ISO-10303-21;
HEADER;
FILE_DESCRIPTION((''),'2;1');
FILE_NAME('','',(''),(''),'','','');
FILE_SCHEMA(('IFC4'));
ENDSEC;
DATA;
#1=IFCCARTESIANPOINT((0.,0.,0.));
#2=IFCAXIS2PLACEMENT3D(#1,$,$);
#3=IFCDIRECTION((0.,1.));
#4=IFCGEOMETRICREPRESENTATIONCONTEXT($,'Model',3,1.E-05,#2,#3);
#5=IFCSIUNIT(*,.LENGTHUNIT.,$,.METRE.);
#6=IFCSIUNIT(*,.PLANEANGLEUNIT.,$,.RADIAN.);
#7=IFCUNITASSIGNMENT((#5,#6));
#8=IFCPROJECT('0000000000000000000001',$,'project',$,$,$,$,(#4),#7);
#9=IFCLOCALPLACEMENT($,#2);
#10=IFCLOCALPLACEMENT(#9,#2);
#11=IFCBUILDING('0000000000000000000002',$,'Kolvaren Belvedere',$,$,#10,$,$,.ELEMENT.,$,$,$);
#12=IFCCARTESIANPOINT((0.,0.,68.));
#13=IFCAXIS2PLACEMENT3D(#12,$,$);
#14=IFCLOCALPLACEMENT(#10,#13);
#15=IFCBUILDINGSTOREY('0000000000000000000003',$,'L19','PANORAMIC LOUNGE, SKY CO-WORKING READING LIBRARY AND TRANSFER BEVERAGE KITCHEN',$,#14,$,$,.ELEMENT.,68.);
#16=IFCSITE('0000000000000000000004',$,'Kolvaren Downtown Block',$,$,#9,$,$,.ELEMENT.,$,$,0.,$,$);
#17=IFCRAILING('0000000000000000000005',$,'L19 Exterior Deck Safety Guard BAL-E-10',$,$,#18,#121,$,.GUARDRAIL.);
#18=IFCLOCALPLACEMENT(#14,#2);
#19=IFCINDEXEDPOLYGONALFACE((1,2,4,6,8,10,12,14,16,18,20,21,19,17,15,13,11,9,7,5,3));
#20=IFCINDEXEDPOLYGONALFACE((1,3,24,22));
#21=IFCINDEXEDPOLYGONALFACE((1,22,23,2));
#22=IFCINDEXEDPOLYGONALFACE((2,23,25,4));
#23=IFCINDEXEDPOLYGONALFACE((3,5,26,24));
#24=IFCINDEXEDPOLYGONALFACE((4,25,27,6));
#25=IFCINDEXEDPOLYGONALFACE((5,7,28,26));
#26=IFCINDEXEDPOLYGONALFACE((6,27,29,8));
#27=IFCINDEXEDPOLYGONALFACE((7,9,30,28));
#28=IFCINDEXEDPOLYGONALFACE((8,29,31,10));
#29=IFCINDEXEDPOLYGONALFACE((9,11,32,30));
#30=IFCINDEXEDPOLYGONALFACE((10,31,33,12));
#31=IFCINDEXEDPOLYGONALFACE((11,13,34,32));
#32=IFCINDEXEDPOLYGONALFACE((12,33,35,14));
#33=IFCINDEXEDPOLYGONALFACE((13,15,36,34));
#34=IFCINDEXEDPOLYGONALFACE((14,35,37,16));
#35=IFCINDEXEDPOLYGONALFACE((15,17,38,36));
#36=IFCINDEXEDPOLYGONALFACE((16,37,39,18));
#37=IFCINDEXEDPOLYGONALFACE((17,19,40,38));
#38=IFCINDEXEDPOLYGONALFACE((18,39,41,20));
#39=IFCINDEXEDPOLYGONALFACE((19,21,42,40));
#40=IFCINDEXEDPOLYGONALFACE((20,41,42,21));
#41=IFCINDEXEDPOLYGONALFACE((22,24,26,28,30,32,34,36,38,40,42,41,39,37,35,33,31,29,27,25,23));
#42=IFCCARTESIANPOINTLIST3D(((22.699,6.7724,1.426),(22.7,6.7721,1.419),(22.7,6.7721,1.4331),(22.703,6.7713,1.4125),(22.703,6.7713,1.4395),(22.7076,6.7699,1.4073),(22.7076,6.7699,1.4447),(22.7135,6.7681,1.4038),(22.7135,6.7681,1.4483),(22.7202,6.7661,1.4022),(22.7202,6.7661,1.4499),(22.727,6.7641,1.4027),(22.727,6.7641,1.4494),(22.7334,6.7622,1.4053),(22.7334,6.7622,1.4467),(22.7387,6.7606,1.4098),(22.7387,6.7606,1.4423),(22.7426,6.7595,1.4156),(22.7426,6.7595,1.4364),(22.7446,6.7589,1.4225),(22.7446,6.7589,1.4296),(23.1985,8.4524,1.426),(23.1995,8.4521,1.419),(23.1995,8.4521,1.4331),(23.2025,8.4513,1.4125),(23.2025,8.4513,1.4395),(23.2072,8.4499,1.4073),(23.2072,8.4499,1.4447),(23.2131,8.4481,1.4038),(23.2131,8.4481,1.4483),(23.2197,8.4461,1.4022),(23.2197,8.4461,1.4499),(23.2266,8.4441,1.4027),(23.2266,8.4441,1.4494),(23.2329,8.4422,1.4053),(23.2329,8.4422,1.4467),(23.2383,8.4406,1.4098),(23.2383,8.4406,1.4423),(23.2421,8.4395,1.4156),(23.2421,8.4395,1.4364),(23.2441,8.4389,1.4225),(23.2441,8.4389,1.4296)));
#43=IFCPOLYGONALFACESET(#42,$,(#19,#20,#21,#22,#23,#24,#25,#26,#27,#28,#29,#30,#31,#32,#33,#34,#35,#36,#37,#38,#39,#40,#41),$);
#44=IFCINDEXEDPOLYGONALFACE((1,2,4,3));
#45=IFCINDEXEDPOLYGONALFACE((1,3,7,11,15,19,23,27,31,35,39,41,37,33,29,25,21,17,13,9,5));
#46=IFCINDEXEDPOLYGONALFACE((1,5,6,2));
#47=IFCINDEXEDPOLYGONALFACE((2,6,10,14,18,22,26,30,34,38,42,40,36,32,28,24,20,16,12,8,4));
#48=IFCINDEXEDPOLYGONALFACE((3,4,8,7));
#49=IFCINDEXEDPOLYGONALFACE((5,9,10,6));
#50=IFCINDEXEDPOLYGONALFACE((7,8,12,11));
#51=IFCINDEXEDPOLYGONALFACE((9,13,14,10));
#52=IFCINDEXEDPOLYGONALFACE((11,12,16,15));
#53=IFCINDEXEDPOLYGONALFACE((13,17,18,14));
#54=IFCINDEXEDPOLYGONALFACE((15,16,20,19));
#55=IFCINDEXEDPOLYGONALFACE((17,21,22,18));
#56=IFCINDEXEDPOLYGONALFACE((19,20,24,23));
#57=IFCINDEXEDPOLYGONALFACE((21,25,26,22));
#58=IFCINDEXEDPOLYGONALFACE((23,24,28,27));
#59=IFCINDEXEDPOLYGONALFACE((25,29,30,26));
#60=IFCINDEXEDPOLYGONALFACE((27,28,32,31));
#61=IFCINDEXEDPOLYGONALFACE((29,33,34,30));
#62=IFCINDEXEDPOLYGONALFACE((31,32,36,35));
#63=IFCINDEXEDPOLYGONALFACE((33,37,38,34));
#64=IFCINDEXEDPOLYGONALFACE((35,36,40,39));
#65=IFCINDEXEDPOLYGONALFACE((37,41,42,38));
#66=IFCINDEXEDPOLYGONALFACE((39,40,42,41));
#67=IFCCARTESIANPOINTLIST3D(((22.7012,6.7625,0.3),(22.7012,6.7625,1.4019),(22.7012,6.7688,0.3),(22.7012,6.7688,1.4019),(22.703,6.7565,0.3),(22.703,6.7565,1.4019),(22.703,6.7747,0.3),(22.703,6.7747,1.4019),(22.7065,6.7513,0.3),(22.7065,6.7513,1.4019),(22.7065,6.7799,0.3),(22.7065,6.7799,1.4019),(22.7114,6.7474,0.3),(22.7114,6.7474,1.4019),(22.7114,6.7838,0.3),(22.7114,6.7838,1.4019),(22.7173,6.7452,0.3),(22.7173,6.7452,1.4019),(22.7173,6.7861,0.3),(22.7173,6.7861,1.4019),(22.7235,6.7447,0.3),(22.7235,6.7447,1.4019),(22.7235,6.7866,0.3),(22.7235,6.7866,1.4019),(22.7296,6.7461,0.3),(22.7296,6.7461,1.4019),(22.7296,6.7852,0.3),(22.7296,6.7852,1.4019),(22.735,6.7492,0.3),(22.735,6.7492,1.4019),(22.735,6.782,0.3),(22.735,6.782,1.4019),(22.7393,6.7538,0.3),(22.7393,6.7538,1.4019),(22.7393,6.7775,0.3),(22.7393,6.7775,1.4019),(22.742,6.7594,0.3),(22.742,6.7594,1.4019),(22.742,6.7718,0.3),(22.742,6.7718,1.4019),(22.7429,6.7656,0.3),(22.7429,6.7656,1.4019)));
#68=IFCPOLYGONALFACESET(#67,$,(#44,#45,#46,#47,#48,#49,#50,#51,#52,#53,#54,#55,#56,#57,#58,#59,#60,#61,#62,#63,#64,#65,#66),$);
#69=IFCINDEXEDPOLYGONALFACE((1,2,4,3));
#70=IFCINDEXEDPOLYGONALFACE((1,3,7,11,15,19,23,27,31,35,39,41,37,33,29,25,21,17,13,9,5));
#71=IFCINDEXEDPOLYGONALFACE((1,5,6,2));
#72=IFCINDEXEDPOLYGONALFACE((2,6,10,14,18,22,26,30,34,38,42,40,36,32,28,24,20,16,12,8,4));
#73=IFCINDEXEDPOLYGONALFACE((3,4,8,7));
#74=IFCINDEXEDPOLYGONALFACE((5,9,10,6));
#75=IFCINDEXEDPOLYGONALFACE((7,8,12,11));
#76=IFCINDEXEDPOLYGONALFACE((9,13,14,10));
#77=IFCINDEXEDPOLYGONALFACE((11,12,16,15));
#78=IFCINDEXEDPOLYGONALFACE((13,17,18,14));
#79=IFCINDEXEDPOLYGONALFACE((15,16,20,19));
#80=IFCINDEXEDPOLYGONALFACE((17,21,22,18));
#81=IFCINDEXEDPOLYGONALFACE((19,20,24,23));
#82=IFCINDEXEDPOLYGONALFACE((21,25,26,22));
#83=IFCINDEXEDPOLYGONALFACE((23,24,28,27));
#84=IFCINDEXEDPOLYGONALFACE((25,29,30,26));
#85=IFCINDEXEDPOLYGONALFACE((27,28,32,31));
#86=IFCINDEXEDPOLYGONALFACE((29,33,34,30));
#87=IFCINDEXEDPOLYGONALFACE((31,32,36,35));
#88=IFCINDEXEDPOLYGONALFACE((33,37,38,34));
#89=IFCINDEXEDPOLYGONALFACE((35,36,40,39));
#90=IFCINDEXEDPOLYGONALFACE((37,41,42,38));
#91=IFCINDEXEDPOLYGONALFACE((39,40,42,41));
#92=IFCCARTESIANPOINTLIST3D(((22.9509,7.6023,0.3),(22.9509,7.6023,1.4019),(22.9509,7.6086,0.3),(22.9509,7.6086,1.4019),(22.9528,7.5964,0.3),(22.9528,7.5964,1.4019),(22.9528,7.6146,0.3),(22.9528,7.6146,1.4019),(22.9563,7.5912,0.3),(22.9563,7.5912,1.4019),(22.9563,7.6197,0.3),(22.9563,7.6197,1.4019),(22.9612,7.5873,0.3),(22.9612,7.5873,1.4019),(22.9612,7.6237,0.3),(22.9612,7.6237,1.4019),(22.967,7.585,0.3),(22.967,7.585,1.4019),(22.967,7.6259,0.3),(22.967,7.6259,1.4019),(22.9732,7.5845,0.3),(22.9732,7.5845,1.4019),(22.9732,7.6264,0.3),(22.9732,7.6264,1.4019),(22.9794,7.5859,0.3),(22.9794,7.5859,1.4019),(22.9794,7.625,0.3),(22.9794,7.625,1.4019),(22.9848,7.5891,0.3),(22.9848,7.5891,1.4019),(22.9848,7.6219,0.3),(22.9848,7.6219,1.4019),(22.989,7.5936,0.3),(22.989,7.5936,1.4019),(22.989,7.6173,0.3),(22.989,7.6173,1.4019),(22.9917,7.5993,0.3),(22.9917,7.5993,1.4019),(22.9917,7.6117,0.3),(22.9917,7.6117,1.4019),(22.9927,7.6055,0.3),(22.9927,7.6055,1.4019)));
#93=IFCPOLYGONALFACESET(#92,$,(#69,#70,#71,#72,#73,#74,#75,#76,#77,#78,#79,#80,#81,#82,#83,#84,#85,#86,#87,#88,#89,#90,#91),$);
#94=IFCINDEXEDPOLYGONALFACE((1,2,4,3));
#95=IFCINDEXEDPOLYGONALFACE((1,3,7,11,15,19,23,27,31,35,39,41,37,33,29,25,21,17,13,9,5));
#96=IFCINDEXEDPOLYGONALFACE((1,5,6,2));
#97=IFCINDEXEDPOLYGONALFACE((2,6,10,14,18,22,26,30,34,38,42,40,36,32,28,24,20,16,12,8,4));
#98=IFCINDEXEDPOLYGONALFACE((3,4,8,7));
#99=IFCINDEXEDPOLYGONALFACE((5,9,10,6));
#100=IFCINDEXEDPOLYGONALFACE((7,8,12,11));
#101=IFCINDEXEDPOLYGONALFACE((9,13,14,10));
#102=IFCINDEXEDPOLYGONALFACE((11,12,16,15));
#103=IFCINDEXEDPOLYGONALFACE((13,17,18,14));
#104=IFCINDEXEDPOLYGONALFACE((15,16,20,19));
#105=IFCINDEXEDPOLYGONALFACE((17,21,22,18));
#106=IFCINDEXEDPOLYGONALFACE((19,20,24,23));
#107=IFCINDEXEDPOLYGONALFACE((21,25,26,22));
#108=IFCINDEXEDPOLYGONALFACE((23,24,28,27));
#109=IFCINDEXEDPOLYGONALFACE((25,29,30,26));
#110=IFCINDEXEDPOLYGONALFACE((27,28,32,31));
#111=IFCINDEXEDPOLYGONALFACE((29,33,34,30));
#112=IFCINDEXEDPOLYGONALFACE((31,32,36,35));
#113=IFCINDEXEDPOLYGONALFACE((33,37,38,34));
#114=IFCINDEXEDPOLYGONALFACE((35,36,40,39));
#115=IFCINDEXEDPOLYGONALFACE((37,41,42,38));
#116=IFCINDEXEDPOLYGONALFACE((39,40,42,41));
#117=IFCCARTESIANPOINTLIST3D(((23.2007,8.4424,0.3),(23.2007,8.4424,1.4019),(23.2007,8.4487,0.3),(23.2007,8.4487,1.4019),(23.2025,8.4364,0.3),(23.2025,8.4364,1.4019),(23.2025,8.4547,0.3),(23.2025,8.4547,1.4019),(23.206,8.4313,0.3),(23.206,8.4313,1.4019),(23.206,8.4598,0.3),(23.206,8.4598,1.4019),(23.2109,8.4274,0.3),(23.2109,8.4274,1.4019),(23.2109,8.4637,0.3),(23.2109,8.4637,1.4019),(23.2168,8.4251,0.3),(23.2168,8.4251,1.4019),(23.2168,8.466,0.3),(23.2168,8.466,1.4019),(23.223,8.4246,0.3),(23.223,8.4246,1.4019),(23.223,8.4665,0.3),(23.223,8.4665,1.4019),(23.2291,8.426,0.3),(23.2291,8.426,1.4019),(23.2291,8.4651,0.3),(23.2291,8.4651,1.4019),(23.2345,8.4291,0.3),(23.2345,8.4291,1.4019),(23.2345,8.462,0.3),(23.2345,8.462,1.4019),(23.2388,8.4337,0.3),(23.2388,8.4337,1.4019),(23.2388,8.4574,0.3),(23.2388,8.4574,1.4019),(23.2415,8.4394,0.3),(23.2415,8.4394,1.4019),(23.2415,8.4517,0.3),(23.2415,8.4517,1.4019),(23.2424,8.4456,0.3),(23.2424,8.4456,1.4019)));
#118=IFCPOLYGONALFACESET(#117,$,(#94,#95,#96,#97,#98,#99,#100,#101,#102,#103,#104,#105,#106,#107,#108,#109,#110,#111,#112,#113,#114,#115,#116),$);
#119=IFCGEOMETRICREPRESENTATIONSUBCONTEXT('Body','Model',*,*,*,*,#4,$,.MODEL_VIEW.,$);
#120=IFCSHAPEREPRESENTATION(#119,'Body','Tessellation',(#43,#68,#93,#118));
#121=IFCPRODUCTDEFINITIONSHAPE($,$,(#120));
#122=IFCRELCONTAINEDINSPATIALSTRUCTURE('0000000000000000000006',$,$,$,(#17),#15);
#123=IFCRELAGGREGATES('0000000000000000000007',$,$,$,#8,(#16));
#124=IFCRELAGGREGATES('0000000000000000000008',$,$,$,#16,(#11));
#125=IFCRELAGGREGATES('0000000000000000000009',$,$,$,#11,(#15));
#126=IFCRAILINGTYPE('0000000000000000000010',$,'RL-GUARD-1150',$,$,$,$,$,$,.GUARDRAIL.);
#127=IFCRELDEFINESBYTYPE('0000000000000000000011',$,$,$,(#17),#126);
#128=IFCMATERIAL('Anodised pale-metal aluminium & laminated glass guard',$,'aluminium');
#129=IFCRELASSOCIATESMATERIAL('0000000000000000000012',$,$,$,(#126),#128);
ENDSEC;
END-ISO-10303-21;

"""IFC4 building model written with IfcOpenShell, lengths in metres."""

from ifc_helpers import new_model, si_unit, direction, frame, origin, origin_2d, place, context, subcontext, project, spatial, circle, extrude, material, type_object, element, save


model = new_model("IFC4")

# Units and contexts
model_context = context("Model", 3, precision=1e-05, world=origin(), true_north=direction((0.0, 1.0)))
body_context = subcontext(model_context, "Body", "Model", "MODEL_VIEW")
ifc_project = project(units=[si_unit("LENGTHUNIT", "METRE"), si_unit("PLANEANGLEUNIT", "RADIAN")], contexts=[model_context])

# Site, building, storey
site_placement = place(None, origin())
site = spatial("IfcSite", under=ifc_project, at=site_placement, Name="Kolvaren Downtown Block", CompositionType="ELEMENT", RefElevation=0.0)
building_placement = place(site_placement, origin())
building = spatial("IfcBuilding", under=site, at=building_placement, Name="Kolvaren Belvedere", CompositionType="ELEMENT")
storey_placement = place(building_placement, frame((0.0, 0.0, 68.0)))
storey = spatial("IfcBuildingStorey", under=building, at=storey_placement, Name="L19", Description="PANORAMIC LOUNGE, SKY CO-WORKING READING LIBRARY AND TRANSFER BEVERAGE KITCHEN", CompositionType="ELEMENT", Elevation=68.0)

# Railing
ifc_material_1 = material(Name="Anodised pale-metal aluminium & laminated glass guard", Category="aluminium")
railing_type = type_object("IfcRailingType", Name="RL-GUARD-1150", PredefinedType="GUARDRAIL", material=ifc_material_1)
railing_1_placement = place(storey_placement, frame((22.7219, 6.7656, 0.3)))
element("IfcRailing", 1, at=railing_1_placement, inside=storey, type_object=railing_type, Name="L19 Exterior Deck Safety Guard BAL-E-10", PredefinedType="GUARDRAIL", context=body_context, shape_type="SweptSolid", body=[
    extrude(circle(Radius=0.0239, at=origin_2d()), frame((0.0, 0.0, 1.126), z_axis=(0.285008, 0.958525, 0.0), x_axis=(-0.958525, 0.285008, 0.0)), (0.0, 0.0, 1.0), 1.7527),
    extrude(circle(Radius=0.021, at=origin_2d()), origin(), (0.0, 0.0, 1.0), 1.1018),
    extrude(circle(Radius=0.021, at=origin_2d()), frame((0.2498, 0.8398, 0.0)), (0.0, 0.0, 1.0), 1.1018),
    extrude(circle(Radius=0.021, at=origin_2d()), frame((0.4995, 1.6799, 0.0)), (0.0, 0.0, 1.0), 1.1018),
])

save(model, "model.ifc")
